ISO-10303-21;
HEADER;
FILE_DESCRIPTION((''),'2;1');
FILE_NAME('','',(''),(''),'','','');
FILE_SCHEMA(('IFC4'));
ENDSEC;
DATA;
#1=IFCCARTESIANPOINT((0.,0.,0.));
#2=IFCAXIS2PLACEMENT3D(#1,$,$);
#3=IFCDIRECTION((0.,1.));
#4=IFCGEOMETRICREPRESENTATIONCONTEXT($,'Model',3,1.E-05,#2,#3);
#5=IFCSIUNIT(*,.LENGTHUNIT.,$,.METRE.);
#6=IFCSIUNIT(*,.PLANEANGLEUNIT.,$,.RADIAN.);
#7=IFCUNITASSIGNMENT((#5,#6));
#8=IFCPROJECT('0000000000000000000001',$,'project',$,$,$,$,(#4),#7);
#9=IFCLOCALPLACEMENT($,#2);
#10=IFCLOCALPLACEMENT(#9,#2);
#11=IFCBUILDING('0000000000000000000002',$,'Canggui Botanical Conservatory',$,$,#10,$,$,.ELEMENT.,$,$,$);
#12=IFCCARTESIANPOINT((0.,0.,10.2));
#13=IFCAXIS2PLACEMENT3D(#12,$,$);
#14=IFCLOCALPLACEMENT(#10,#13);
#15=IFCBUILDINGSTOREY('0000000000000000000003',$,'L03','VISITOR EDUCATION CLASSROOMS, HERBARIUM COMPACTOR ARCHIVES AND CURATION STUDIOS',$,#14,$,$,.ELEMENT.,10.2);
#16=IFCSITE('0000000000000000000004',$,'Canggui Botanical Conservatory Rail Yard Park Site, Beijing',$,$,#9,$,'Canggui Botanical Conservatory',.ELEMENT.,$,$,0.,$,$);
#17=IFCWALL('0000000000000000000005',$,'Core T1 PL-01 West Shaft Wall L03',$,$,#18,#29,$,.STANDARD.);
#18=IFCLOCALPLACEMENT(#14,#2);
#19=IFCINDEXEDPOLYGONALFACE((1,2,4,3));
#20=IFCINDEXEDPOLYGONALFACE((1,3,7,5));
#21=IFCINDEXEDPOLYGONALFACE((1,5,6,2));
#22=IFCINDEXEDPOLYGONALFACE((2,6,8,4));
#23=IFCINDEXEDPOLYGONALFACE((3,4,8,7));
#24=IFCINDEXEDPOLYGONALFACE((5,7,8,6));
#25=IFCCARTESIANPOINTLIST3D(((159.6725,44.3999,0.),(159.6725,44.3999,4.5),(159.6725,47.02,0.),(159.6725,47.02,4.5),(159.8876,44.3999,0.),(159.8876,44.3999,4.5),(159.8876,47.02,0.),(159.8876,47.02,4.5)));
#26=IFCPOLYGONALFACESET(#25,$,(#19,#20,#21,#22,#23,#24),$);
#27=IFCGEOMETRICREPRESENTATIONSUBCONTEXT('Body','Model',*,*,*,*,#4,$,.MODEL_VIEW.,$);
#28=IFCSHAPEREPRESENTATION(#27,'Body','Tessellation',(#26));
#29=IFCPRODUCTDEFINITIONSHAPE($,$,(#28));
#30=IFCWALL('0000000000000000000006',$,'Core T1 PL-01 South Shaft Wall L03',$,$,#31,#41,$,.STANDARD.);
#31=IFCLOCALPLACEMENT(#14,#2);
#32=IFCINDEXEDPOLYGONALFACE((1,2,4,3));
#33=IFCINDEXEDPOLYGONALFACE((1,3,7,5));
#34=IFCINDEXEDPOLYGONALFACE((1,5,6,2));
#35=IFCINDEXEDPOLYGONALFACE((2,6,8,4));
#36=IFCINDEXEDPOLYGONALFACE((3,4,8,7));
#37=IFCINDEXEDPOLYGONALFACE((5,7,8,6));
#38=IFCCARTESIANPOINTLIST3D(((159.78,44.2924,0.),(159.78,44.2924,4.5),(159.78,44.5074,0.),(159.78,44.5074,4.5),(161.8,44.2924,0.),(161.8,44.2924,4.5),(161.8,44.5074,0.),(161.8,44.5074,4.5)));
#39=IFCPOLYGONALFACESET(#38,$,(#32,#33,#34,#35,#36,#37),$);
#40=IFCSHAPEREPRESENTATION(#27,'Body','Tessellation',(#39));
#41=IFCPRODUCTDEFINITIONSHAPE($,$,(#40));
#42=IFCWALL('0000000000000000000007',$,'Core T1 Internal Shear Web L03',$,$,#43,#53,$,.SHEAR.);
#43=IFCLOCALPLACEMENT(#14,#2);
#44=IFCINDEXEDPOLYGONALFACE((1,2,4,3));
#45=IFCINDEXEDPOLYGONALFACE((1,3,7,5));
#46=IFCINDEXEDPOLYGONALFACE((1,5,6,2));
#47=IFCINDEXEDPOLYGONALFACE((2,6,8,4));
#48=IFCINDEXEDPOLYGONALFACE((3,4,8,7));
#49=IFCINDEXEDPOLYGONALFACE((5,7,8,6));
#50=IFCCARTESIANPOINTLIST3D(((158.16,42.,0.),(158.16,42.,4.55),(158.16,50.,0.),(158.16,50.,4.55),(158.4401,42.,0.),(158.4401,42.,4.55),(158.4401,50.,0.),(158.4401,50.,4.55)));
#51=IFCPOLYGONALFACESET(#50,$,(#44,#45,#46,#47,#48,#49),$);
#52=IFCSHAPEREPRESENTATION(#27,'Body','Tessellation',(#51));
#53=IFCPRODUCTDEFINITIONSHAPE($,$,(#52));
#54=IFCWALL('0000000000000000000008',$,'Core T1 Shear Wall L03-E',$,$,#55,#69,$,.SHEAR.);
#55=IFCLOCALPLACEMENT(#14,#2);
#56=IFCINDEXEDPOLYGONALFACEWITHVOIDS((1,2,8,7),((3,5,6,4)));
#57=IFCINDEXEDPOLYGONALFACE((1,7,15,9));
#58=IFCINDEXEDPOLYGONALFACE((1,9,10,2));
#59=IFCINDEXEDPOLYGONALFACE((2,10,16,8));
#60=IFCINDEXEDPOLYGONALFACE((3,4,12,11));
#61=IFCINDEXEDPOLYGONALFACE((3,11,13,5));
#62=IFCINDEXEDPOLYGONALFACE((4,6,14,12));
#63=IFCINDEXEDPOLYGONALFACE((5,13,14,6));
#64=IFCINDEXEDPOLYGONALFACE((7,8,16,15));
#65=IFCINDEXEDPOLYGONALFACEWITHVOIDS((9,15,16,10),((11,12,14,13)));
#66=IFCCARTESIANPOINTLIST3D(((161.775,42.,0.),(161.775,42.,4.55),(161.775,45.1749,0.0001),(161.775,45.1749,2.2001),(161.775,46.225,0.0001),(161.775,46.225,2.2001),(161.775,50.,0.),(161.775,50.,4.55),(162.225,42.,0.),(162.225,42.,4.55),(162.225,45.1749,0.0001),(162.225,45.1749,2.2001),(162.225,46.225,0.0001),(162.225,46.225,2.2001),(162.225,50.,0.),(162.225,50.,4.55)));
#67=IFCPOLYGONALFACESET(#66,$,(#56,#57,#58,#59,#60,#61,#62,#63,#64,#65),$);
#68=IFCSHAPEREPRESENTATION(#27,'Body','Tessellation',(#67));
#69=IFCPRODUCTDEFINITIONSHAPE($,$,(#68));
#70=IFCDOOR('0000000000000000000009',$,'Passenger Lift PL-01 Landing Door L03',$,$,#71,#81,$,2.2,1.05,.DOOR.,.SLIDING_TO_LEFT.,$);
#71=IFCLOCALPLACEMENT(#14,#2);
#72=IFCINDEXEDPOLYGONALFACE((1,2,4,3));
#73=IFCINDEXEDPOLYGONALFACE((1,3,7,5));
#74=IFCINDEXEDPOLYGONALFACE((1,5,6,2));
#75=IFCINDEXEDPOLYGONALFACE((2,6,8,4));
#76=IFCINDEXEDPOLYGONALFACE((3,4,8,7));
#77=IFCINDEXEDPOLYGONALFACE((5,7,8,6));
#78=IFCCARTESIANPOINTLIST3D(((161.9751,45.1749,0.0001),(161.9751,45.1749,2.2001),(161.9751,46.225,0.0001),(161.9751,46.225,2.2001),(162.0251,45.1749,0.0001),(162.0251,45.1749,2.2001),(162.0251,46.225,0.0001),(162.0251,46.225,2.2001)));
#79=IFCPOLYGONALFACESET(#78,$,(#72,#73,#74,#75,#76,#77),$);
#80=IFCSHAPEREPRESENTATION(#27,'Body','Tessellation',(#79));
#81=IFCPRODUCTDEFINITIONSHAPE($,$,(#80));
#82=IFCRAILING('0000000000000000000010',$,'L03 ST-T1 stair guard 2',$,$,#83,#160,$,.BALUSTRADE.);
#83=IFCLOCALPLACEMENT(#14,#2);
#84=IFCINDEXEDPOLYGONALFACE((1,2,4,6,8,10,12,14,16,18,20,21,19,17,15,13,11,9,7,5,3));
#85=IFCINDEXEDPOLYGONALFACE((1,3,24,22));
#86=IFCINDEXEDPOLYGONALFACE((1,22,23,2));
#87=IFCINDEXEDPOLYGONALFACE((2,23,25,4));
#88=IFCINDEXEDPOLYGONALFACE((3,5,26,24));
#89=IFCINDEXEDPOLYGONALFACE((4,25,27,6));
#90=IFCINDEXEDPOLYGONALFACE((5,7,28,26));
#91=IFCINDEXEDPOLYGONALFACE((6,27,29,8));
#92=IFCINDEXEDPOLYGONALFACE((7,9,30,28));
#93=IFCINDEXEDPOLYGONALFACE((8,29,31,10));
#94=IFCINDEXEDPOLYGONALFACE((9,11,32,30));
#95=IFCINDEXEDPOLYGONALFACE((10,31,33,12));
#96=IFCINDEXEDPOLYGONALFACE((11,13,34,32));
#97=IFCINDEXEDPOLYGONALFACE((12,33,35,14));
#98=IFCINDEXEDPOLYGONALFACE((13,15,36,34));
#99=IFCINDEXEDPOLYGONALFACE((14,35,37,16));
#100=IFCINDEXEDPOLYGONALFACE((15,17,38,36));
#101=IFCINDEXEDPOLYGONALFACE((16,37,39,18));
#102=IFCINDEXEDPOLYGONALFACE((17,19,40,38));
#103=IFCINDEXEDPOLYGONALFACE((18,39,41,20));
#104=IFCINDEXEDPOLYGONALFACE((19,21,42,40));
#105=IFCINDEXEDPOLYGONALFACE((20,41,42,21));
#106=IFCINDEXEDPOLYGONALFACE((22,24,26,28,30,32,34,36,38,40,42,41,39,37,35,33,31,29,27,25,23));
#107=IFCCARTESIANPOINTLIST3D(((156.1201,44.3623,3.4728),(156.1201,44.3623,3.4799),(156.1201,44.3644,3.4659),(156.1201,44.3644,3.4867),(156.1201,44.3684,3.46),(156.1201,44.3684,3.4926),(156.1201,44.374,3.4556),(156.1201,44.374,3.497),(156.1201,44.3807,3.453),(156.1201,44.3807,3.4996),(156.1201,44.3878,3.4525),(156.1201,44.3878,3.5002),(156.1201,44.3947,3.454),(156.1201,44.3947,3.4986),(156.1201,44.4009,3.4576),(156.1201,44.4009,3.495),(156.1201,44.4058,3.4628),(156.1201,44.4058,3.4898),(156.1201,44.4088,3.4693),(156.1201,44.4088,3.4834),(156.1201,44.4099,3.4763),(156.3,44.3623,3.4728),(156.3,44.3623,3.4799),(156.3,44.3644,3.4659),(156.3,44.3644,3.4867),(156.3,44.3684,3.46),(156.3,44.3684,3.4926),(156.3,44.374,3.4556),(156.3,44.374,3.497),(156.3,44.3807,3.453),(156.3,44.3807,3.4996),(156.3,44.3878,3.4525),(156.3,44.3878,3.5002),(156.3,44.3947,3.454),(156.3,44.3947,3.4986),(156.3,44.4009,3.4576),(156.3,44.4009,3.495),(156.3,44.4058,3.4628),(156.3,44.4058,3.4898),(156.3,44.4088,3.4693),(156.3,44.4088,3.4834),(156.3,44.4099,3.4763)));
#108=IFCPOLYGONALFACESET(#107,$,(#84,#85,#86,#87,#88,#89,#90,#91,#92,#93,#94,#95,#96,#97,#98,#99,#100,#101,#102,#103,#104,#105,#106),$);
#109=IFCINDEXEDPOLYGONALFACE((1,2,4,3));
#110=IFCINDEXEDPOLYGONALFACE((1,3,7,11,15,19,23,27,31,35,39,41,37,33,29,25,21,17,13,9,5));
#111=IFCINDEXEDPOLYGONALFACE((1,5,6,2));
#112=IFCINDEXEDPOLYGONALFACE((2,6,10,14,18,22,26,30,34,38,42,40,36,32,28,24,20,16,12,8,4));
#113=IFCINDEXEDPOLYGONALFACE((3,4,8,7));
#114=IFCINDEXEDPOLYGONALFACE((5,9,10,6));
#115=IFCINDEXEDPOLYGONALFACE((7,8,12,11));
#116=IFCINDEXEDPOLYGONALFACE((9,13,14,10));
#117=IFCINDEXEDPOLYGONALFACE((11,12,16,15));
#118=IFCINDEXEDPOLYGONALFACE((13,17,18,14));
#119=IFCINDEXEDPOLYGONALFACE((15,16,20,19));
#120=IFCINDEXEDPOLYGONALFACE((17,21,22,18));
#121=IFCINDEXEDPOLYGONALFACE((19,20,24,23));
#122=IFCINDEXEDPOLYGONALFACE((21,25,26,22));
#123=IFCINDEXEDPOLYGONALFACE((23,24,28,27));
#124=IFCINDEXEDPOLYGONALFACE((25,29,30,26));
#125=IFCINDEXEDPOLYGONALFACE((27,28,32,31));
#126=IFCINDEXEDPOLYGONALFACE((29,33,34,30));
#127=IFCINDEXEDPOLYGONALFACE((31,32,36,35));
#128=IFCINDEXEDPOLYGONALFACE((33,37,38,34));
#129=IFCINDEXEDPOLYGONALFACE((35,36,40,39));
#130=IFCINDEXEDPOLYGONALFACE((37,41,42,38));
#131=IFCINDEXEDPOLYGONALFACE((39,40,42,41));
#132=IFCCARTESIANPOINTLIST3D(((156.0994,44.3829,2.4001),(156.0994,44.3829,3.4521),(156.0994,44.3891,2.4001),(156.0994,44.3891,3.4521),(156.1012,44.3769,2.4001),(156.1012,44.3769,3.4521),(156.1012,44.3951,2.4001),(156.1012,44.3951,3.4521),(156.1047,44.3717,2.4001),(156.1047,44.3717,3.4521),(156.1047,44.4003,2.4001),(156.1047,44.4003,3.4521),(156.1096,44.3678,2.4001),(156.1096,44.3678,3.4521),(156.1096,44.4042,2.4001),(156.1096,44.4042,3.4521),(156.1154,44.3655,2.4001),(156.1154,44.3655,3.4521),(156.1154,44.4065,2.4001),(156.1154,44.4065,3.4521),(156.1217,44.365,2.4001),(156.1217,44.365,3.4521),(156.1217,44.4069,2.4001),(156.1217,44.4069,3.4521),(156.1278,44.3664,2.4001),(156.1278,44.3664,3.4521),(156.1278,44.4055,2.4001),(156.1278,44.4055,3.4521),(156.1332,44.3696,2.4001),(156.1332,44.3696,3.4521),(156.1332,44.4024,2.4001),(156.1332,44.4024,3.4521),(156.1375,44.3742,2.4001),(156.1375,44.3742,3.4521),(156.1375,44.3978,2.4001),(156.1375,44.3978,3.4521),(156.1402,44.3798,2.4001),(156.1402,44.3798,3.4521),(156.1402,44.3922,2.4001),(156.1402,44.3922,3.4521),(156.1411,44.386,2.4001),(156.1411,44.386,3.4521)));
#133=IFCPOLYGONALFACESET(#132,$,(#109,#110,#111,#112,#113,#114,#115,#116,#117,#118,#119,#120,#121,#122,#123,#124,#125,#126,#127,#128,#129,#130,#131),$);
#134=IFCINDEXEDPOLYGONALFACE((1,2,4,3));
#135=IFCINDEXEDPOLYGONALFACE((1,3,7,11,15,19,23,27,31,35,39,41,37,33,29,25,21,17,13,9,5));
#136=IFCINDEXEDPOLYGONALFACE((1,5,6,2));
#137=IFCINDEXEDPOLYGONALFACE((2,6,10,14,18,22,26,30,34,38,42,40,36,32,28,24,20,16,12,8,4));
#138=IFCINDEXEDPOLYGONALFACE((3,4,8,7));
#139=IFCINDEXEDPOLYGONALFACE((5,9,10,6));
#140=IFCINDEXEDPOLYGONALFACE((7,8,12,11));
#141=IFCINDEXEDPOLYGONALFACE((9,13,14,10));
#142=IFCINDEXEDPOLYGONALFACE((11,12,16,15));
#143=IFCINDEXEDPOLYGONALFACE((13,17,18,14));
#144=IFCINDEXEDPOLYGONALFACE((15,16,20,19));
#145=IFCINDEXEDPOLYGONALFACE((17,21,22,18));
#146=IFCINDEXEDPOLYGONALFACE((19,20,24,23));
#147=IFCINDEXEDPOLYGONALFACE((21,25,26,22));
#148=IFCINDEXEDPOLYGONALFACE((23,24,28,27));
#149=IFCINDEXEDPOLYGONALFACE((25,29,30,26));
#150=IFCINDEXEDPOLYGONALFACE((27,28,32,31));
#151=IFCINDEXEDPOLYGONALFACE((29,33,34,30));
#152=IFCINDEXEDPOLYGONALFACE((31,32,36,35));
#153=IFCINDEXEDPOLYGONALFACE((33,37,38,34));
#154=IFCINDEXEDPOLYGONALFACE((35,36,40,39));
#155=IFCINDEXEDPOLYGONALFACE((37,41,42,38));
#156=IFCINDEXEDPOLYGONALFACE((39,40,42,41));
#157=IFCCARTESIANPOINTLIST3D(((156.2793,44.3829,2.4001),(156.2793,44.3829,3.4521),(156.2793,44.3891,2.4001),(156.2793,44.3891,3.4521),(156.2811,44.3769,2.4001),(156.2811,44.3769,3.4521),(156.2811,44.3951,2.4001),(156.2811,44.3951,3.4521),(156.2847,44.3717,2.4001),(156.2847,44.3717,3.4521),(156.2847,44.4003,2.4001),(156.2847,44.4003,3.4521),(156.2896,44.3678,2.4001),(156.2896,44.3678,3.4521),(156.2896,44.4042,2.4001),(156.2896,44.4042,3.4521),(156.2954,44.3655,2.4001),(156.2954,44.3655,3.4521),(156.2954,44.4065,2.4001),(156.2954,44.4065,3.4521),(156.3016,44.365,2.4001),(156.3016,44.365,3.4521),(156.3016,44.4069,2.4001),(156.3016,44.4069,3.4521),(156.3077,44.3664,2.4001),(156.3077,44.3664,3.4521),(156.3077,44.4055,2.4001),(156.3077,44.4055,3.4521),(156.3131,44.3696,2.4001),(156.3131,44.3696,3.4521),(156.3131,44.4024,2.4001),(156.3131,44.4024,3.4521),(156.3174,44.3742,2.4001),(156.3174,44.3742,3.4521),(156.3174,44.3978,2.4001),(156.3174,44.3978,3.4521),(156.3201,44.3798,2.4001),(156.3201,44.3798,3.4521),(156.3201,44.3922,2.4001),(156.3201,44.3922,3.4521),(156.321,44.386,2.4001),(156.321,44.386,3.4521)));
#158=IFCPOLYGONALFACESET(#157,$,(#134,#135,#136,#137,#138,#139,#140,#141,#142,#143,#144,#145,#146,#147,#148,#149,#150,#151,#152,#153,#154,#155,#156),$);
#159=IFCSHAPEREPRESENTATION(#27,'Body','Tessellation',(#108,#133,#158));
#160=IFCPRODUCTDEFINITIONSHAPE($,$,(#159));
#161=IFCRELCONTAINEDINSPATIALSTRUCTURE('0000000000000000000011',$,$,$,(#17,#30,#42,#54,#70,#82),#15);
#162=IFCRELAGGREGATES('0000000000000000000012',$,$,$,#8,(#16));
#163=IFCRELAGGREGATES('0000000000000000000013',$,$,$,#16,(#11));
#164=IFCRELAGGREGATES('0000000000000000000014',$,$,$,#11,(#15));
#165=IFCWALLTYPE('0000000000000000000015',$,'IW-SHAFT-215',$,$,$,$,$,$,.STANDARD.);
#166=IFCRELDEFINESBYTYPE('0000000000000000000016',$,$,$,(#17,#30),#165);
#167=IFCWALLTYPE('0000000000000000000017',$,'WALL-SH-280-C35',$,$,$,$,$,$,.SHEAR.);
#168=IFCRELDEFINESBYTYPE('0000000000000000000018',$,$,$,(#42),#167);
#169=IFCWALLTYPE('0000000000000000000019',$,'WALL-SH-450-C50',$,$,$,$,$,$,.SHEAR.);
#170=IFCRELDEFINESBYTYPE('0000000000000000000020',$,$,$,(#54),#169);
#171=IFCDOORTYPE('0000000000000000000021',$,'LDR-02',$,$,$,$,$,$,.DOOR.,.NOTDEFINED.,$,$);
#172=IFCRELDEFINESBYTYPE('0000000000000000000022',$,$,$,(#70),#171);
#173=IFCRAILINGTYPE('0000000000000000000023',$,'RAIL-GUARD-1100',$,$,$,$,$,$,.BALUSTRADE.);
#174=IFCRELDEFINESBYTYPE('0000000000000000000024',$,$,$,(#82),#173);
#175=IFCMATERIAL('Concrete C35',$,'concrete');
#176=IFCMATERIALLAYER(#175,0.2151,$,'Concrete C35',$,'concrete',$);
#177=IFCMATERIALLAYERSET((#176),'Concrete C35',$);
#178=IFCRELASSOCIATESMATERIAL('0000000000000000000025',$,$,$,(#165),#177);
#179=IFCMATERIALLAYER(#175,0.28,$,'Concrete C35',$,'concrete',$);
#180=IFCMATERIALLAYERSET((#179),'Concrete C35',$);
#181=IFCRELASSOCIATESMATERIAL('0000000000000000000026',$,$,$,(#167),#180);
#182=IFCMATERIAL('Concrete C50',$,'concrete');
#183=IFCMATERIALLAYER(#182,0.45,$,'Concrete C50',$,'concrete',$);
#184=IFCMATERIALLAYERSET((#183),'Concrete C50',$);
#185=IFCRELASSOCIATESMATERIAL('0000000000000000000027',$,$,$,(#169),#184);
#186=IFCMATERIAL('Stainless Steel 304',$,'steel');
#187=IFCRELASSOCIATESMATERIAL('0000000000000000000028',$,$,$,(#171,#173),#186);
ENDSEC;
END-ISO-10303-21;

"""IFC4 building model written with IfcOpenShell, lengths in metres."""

from ifc_helpers import new_model, si_unit, direction, frame, frame_2d, origin, origin_2d, place, context, subcontext, project, spatial, rectangle, circle, extrude, material, layer, layer_set, type_object, element, fill, save


model = new_model("IFC4")

# Units and contexts
model_context = context("Model", 3, precision=1e-05, world=origin(), true_north=direction((0.0, 1.0)))
body_context = subcontext(model_context, "Body", "Model", "MODEL_VIEW")
ifc_project = project(units=[si_unit("LENGTHUNIT", "METRE"), si_unit("PLANEANGLEUNIT", "RADIAN")], contexts=[model_context])

# Site, building, storey
site_placement = place(None, origin())
site = spatial("IfcSite", under=ifc_project, at=site_placement, Name="Canggui Botanical Conservatory Rail Yard Park Site, Beijing", LongName="Canggui Botanical Conservatory", CompositionType="ELEMENT", RefElevation=0.0)
building_placement = place(site_placement, origin())
building = spatial("IfcBuilding", under=site, at=building_placement, Name="Canggui Botanical Conservatory", CompositionType="ELEMENT")
storey_placement = place(building_placement, frame((0.0, 0.0, 10.2)))
storey = spatial("IfcBuildingStorey", under=building, at=storey_placement, Name="L03", Description="VISITOR EDUCATION CLASSROOMS, HERBARIUM COMPACTOR ARCHIVES AND CURATION STUDIOS", CompositionType="ELEMENT", Elevation=10.2)

# Shared definitions
ifc_material_1 = material(Name="Concrete C50", Category="concrete")

# Shared definitions
ifc_material_2 = material(Name="Concrete C35", Category="concrete")

# Walls
ifc_layer_1 = layer(ifc_material_2, 0.2151, Name="Concrete C35", Category="concrete")
ifc_layer_set_1 = layer_set([ifc_layer_1], Name="Concrete C35")
wall_type_1 = type_object("IfcWallType", Name="IW-SHAFT-215", PredefinedType="STANDARD", material=ifc_layer_set_1)
wall_1_placement = place(storey_placement, frame((159.78, 44.3999, 0.0), z_axis=(0.0, 0.0, 1.0), x_axis=(0.0, 1.0, 0.0)))
element("IfcWall", 1, at=wall_1_placement, inside=storey, type_object=wall_type_1, Name="Core T1 PL-01 West Shaft Wall L03", PredefinedType="STANDARD", context=body_context, shape_type="SweptSolid", body=[
    extrude(rectangle(XDim=2.6201, YDim=0.2151, at=frame_2d((1.3101, 0.0))), origin(), (0.0, 0.0, 1.0), 4.5),
])
wall_2_placement = place(storey_placement, frame((159.78, 44.3999, 0.0), z_axis=(0.0, 0.0, 1.0), x_axis=(1.0, 0.0, 0.0)))
element("IfcWall", 2, at=wall_2_placement, inside=storey, type_object=wall_type_1, Name="Core T1 PL-01 South Shaft Wall L03", PredefinedType="STANDARD", context=body_context, shape_type="SweptSolid", body=[
    extrude(rectangle(XDim=2.02, YDim=0.2151, at=frame_2d((1.01, 0.0))), origin(), (0.0, 0.0, 1.0), 4.5),
])
ifc_layer_2 = layer(ifc_material_2, 0.28, Name="Concrete C35", Category="concrete")
ifc_layer_set_2 = layer_set([ifc_layer_2], Name="Concrete C35")
wall_type_2 = type_object("IfcWallType", Name="WALL-SH-280-C35", PredefinedType="SHEAR", material=ifc_layer_set_2)
wall_3_placement = place(storey_placement, frame((158.3, 42.0, 0.0), z_axis=(0.0, 0.0, 1.0), x_axis=(0.0, 1.0, 0.0)))
element("IfcWall", 3, at=wall_3_placement, inside=storey, type_object=wall_type_2, Name="Core T1 Internal Shear Web L03", PredefinedType="SHEAR", context=body_context, shape_type="SweptSolid", body=[
    extrude(rectangle(XDim=8.0, YDim=0.28, at=frame_2d((4.0, 0.0))), origin(), (0.0, 0.0, 1.0), 4.55),
])

# Wall, opening, door
ifc_layer_3 = layer(ifc_material_1, 0.45, Name="Concrete C50", Category="concrete")
ifc_layer_set_3 = layer_set([ifc_layer_3], Name="Concrete C50")
wall_type_3 = type_object("IfcWallType", Name="WALL-SH-450-C50", PredefinedType="SHEAR", material=ifc_layer_set_3)
wall_4_placement = place(storey_placement, frame((162.0, 42.0, 0.0), z_axis=(0.0, 0.0, 1.0), x_axis=(0.0, 1.0, 0.0)))
wall_4 = element("IfcWall", 4, at=wall_4_placement, inside=storey, type_object=wall_type_3, Name="Core T1 Shear Wall L03-E", PredefinedType="SHEAR", context=body_context, shape_type="SweptSolid", body=[
    extrude(rectangle(XDim=8.0, YDim=0.45, at=frame_2d((4.0, 0.0))), origin(), (0.0, 0.0, 1.0), 4.55),
])
opening_1_placement = place(wall_4_placement, frame((3.175, 0.0, 0.0)))
opening_1 = element("IfcOpeningElement", 5, at=opening_1_placement, cuts=wall_4, PredefinedType="OPENING", context=body_context, shape_type="SweptSolid", body=[
    extrude(rectangle(XDim=1.05, YDim=2.2, at=frame_2d((0.5249, 1.1001))), frame((0.0, 0.2349, 0.0), z_axis=(0.0, -1.0, 0.0), x_axis=(1.0, 0.0, 0.0)), (0.0, 0.0, 1.0), 0.47),
])
ifc_material_3 = material(Name="Stainless Steel 304", Category="steel")
door_type_1 = type_object("IfcDoorType", Name="LDR-02", OperationType="NOTDEFINED", PredefinedType="DOOR", material=ifc_material_3)
door_1_placement = place(opening_1_placement, origin())
door_1 = element("IfcDoor", 6, at=door_1_placement, inside=storey, type_object=door_type_1, Name="Passenger Lift PL-01 Landing Door L03", OperationType="SLIDING_TO_LEFT", OverallHeight=2.2, OverallWidth=1.05, PredefinedType="DOOR", context=body_context, shape_type="SweptSolid", body=[
    extrude(rectangle(XDim=1.05, YDim=2.2, at=frame_2d((0.5249, 1.1001))), frame((0.0, 0.0249, 0.0), z_axis=(0.0, -1.0, 0.0), x_axis=(1.0, 0.0, 0.0)), (0.0, 0.0, 1.0), 0.05),
])
fill(opening_1, door_1)

# Railing
railing_type = type_object("IfcRailingType", Name="RAIL-GUARD-1100", PredefinedType="BALUSTRADE", material=ifc_material_3)
railing_1_placement = place(storey_placement, frame((156.1201, 44.386, 2.4001)))
element("IfcRailing", 7, at=railing_1_placement, inside=storey, type_object=railing_type, Name="L03 ST-T1 stair guard 2", PredefinedType="BALUSTRADE", context=body_context, shape_type="SweptSolid", body=[
    extrude(circle(Radius=0.0239, at=origin_2d()), frame((0.0, 0.0, 1.0762), z_axis=(1.0, 0.0, 0.0), x_axis=(0.0, 1.0, 0.0)), (0.0, 0.0, 1.0), 0.1799),
    extrude(circle(Radius=0.021, at=origin_2d()), origin(), (0.0, 0.0, 1.0), 1.052),
    extrude(circle(Radius=0.021, at=origin_2d()), frame((0.1799, 0.0, 0.0)), (0.0, 0.0, 1.0), 1.052),
])

save(model, "model.ifc")
